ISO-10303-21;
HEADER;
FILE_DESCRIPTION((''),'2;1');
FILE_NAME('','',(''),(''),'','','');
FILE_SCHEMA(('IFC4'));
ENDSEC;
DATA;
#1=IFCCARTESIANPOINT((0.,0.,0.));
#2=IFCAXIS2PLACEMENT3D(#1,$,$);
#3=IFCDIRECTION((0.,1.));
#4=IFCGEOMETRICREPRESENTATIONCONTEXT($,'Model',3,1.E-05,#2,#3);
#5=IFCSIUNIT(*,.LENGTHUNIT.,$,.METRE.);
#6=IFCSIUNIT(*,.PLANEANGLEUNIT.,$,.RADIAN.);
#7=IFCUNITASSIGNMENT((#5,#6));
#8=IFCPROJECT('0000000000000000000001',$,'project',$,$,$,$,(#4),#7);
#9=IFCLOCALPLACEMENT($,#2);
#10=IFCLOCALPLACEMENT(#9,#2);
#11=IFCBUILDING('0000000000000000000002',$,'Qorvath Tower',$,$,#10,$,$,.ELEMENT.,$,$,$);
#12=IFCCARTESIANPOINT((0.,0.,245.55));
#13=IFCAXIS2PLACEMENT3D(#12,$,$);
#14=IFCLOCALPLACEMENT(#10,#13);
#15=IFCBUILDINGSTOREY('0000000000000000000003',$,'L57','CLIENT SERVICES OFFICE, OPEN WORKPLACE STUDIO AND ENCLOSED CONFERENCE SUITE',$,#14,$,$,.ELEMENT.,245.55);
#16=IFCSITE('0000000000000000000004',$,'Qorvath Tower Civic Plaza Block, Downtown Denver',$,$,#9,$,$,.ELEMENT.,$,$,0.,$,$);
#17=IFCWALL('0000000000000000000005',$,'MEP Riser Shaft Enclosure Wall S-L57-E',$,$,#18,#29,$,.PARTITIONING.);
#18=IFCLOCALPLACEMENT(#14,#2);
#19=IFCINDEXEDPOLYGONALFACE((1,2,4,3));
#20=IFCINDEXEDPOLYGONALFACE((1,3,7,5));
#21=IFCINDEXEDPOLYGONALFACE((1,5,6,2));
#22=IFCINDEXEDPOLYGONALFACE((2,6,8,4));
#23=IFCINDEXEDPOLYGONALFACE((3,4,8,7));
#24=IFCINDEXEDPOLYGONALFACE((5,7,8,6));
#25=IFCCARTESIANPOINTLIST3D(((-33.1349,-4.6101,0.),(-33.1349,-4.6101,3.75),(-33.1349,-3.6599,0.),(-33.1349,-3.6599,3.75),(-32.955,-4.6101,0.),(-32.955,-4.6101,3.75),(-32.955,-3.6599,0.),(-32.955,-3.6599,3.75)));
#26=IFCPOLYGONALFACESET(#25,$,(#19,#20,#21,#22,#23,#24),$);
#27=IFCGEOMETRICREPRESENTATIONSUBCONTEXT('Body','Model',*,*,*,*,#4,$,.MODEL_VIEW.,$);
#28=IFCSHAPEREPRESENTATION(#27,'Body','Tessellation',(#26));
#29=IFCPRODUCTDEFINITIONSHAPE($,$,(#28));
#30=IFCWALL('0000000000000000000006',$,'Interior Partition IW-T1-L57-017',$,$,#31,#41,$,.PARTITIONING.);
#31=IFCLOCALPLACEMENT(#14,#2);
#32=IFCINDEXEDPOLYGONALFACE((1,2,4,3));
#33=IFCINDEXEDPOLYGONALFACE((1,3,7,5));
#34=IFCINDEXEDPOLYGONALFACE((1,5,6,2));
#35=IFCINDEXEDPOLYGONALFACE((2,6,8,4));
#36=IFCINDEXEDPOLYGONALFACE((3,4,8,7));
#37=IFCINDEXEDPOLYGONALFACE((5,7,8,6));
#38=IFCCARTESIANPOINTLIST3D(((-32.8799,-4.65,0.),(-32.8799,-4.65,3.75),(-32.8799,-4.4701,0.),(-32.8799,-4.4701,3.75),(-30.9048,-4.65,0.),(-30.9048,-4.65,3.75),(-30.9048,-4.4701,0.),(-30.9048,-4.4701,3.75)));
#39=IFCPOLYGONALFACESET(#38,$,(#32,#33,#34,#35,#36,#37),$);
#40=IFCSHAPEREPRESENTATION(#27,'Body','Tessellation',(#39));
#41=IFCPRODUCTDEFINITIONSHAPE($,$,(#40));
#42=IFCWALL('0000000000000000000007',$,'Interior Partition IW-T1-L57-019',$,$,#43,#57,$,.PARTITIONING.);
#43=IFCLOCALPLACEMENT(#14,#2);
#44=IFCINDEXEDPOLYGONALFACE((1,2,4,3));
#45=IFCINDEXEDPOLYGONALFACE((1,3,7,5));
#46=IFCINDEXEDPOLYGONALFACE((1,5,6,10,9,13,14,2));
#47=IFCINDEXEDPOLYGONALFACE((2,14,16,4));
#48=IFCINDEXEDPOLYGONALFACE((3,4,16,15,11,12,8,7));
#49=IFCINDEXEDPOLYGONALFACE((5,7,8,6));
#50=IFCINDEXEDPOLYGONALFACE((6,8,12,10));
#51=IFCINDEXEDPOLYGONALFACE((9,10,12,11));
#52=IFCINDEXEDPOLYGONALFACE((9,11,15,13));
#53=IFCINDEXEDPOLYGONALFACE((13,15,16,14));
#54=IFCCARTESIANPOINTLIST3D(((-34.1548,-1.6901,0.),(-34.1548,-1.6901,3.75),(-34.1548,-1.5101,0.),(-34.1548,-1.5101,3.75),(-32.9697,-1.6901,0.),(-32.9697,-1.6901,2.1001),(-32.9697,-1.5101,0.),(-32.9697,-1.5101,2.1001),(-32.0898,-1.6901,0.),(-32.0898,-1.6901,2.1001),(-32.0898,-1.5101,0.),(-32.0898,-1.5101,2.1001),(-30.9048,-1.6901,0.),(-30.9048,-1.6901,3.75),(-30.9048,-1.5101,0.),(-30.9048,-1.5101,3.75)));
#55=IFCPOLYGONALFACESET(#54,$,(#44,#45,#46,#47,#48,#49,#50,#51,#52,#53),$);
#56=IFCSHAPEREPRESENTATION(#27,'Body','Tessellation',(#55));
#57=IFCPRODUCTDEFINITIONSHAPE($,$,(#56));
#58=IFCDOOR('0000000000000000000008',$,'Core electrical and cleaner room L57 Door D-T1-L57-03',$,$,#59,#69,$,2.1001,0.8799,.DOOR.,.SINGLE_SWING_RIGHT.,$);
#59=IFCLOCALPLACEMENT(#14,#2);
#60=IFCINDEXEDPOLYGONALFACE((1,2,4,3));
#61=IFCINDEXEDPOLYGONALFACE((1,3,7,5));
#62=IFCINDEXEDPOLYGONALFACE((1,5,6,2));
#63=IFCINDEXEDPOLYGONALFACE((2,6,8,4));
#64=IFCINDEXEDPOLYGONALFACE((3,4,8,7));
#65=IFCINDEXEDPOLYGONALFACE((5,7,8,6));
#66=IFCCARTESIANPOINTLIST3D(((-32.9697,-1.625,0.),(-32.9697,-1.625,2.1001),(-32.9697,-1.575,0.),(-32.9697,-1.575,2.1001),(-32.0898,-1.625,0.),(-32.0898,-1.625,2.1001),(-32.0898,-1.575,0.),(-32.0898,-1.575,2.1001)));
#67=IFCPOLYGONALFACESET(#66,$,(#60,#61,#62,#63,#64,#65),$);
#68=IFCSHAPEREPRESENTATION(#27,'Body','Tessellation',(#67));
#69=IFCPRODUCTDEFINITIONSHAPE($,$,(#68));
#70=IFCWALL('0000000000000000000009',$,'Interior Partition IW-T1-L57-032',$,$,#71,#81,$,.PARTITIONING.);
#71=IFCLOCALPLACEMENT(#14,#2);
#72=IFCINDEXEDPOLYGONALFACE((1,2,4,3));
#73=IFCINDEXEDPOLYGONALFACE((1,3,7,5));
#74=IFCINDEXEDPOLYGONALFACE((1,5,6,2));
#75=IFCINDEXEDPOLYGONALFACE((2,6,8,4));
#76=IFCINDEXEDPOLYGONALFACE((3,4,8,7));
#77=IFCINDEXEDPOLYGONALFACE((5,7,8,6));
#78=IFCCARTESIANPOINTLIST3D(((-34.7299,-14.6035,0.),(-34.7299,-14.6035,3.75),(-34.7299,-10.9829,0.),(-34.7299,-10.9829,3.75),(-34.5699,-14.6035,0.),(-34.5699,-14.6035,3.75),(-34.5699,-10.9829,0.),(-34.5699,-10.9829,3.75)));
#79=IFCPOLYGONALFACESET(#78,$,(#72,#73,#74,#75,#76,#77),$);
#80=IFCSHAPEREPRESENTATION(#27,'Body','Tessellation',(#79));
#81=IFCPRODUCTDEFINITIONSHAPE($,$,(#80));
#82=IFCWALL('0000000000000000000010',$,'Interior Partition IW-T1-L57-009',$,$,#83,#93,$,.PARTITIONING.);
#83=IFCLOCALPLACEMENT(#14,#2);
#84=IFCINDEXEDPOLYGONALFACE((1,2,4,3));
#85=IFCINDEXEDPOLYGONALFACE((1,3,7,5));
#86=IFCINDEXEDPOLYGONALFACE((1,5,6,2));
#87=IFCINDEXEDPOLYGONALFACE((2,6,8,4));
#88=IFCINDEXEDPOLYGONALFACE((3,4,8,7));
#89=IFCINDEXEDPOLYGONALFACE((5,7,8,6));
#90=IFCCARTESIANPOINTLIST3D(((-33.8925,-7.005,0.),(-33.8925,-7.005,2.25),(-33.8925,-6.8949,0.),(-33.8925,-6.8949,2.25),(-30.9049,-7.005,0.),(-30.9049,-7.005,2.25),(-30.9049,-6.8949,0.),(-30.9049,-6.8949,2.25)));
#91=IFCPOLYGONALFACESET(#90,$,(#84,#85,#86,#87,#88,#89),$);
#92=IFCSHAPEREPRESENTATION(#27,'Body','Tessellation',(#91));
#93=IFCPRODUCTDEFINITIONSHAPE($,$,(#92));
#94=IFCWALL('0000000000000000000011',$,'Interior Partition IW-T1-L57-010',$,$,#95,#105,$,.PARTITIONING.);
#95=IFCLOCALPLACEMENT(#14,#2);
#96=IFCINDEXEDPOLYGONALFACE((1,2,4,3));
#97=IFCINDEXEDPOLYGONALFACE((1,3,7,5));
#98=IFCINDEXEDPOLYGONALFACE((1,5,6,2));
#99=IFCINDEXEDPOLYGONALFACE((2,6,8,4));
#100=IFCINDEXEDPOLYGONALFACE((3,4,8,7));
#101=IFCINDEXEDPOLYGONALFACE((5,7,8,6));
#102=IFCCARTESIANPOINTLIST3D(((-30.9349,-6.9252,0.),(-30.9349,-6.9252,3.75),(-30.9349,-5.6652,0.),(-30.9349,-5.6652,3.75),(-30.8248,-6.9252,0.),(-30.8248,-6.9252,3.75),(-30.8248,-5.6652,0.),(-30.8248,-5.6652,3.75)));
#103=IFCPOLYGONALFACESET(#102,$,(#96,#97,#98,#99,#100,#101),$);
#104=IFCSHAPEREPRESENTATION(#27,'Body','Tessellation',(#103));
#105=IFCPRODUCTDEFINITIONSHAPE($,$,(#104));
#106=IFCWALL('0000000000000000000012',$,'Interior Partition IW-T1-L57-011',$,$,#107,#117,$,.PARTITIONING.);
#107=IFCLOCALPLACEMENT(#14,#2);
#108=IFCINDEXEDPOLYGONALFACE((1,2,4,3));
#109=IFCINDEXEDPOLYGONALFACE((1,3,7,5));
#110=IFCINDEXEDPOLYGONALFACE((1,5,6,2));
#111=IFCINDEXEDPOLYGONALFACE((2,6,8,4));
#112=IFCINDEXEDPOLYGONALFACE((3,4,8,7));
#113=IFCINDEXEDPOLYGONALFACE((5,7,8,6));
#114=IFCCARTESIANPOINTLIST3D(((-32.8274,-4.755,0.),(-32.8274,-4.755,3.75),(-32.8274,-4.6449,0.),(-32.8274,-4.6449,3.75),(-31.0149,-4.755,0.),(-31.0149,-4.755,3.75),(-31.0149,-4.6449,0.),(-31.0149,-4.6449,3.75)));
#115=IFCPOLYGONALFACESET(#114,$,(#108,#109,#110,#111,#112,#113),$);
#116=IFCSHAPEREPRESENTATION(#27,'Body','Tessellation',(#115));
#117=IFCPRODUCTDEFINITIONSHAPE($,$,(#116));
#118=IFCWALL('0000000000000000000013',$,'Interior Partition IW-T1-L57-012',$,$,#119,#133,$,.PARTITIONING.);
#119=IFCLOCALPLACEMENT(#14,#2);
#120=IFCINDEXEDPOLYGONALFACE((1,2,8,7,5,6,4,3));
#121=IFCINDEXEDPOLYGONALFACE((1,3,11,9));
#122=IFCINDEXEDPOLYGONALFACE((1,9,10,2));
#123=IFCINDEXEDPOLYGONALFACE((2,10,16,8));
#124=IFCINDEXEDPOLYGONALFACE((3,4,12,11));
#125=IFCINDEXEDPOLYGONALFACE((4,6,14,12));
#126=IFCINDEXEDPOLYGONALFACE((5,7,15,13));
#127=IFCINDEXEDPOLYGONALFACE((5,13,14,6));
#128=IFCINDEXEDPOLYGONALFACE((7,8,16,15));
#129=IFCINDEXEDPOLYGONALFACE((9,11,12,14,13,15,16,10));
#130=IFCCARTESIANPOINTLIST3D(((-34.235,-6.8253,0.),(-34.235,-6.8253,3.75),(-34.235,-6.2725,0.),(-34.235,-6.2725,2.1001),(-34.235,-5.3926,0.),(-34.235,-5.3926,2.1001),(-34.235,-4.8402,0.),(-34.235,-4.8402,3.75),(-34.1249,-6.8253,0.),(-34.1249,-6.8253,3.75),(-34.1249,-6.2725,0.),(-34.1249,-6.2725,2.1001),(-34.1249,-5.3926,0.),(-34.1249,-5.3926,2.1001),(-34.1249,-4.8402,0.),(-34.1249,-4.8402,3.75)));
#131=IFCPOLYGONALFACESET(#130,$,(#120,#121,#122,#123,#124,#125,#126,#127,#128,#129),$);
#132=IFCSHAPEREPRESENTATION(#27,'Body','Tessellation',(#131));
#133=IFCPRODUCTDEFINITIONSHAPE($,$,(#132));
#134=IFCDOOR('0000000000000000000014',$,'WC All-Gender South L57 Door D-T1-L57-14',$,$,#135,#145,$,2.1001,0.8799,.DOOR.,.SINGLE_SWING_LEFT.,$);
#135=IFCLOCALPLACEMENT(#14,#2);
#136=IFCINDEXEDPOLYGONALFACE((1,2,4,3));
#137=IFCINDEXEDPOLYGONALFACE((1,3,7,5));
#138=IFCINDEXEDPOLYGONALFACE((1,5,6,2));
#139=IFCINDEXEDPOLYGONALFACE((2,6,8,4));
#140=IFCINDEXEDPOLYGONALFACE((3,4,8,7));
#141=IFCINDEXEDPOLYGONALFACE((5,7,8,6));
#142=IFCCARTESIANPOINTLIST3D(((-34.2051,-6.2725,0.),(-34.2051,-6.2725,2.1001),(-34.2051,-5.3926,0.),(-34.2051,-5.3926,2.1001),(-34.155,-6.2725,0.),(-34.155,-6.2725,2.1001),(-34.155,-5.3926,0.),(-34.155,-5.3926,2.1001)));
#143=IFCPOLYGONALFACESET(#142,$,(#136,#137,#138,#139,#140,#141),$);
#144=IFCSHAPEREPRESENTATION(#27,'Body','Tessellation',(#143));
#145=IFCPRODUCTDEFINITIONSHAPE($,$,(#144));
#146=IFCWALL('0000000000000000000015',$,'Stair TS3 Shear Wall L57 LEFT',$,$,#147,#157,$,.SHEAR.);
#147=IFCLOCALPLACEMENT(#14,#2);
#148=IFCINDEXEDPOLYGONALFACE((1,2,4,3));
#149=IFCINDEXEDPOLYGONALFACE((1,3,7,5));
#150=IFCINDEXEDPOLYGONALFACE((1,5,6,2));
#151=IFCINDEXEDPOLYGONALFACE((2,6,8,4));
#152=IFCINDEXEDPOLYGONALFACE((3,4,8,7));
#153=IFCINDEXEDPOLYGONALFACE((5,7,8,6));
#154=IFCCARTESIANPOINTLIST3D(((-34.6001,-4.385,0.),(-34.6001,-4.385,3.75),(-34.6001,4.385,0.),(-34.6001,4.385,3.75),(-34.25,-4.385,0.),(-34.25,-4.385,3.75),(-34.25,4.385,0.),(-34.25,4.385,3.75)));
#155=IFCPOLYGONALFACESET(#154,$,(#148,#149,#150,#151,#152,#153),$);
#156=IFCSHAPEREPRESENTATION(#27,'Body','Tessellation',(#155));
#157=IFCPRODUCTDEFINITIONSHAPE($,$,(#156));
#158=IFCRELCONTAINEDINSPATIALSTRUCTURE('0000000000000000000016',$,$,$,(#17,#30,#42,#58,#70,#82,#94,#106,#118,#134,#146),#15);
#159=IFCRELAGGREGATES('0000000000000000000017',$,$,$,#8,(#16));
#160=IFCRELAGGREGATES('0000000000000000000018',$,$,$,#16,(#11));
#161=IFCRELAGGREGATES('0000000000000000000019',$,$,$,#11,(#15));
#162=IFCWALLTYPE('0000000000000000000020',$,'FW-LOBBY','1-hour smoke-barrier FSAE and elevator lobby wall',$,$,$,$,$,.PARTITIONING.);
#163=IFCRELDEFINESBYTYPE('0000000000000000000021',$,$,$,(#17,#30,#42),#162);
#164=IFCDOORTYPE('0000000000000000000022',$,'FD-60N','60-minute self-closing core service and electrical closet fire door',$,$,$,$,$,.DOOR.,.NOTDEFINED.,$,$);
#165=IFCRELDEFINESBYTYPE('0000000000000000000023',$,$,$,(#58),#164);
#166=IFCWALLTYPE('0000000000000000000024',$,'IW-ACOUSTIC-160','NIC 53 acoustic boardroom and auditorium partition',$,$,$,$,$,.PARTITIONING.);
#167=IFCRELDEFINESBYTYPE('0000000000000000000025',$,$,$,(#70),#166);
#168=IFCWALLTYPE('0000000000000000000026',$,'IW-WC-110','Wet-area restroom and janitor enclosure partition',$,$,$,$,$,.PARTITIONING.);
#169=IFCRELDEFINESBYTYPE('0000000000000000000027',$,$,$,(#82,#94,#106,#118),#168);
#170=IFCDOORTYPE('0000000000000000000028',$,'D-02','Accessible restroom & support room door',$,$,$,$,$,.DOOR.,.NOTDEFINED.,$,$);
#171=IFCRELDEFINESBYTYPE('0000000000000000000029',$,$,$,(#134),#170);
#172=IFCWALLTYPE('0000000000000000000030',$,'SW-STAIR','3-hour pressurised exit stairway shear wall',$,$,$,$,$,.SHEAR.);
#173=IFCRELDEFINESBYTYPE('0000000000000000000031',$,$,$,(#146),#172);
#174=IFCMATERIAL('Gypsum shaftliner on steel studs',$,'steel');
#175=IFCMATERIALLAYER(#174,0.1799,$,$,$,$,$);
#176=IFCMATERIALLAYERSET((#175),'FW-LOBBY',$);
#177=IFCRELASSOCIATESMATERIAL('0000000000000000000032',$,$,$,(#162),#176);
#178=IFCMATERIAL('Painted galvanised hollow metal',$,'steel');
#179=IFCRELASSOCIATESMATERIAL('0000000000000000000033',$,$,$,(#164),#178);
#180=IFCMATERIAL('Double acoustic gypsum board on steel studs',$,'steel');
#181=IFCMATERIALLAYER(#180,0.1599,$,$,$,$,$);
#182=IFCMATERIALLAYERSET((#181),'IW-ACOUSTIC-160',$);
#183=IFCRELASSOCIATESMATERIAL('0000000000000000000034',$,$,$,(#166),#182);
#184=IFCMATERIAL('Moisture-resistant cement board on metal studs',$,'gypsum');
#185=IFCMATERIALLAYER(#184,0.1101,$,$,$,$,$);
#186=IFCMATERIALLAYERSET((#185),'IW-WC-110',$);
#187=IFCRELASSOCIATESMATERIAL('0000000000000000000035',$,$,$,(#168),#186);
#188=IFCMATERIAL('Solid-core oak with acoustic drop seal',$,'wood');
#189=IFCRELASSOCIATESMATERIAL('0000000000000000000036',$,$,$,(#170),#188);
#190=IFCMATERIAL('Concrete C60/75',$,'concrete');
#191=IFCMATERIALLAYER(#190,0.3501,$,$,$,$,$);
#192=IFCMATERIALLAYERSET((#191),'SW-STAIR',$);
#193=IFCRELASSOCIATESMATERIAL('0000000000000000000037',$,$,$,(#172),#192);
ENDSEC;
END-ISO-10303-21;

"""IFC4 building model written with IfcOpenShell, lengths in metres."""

from ifc_helpers import new_model, si_unit, direction, frame, frame_2d, origin, place, context, subcontext, project, spatial, rectangle, extrude, material, layer, layer_set, type_object, element, fill, save


model = new_model("IFC4")

# Units and contexts
model_context = context("Model", 3, precision=1e-05, world=origin(), true_north=direction((0.0, 1.0)))
body_context = subcontext(model_context, "Body", "Model", "MODEL_VIEW")
ifc_project = project(units=[si_unit("LENGTHUNIT", "METRE"), si_unit("PLANEANGLEUNIT", "RADIAN")], contexts=[model_context])

# Site, building, storey
site_placement = place(None, origin())
site = spatial("IfcSite", under=ifc_project, at=site_placement, Name="Qorvath Tower Civic Plaza Block, Downtown Denver", CompositionType="ELEMENT", RefElevation=0.0)
building_placement = place(site_placement, origin())
building = spatial("IfcBuilding", under=site, at=building_placement, Name="Qorvath Tower", CompositionType="ELEMENT")
storey_placement = place(building_placement, frame((0.0, 0.0, 245.55)))
storey = spatial("IfcBuildingStorey", under=building, at=storey_placement, Name="L57", Description="CLIENT SERVICES OFFICE, OPEN WORKPLACE STUDIO AND ENCLOSED CONFERENCE SUITE", CompositionType="ELEMENT", Elevation=245.55)

# Walls
ifc_material_1 = material(Name="Gypsum shaftliner on steel studs", Category="steel")
ifc_layer_1 = layer(ifc_material_1, 0.1799)
ifc_layer_set_1 = layer_set([ifc_layer_1], Name="FW-LOBBY")
wall_type_1 = type_object("IfcWallType", Name="FW-LOBBY", Description="1-hour smoke-barrier FSAE and elevator lobby wall", PredefinedType="PARTITIONING", material=ifc_layer_set_1)
for number, where, z_axis, x_axis, name in (
    (1, (-33.0449, -3.6599, 0.0), (0.0, 0.0, 1.0), (0.0, -1.0, 0.0), "MEP Riser Shaft Enclosure Wall S-L57-E"),
):
    element("IfcWall", number, at=place(storey_placement, frame(where, z_axis=z_axis, x_axis=x_axis)), inside=storey, type_object=wall_type_1, Name=name, PredefinedType="PARTITIONING", context=body_context, shape_type="SweptSolid", body=[
        extrude(rectangle(XDim=0.9502, YDim=0.1799, at=frame_2d((0.4751, 0.0))), origin(), (0.0, 0.0, 1.0), 3.75),
    ])
wall_1_placement = place(storey_placement, frame((-32.8799, -4.5601, 0.0), z_axis=(0.0, 0.0, 1.0), x_axis=(1.0, 0.0, 0.0)))
element("IfcWall", 2, at=wall_1_placement, inside=storey, type_object=wall_type_1, Name="Interior Partition IW-T1-L57-017", PredefinedType="PARTITIONING", context=body_context, shape_type="SweptSolid", body=[
    extrude(rectangle(XDim=1.9751, YDim=0.1799, at=frame_2d((0.9875, 0.0))), origin(), (0.0, 0.0, 1.0), 3.75),
])

# Wall, opening, door
wall_2_placement = place(storey_placement, frame((-30.9048, -1.6001, 0.0), z_axis=(0.0, 0.0, 1.0), x_axis=(-1.0, 0.0, 0.0)))
wall_2 = element("IfcWall", 3, at=wall_2_placement, inside=storey, type_object=wall_type_1, Name="Interior Partition IW-T1-L57-019", PredefinedType="PARTITIONING", context=body_context, shape_type="SweptSolid", body=[
    extrude(rectangle(XDim=3.25, YDim=0.1799, at=frame_2d((1.625, 0.0))), origin(), (0.0, 0.0, 1.0), 3.75),
])
opening_1_placement = place(wall_2_placement, frame((1.1851, 0.0, 0.0)))
opening_1 = element("IfcOpeningElement", 4, at=opening_1_placement, cuts=wall_2, PredefinedType="OPENING", context=body_context, shape_type="SweptSolid", body=[
    extrude(rectangle(XDim=0.8799, YDim=2.1001, at=frame_2d((0.4399, 1.05))), frame((0.0, 0.1001, 0.0), z_axis=(0.0, -1.0, 0.0), x_axis=(1.0, 0.0, 0.0)), (0.0, 0.0, 1.0), 0.2),
])
ifc_material_2 = material(Name="Painted galvanised hollow metal", Category="steel")
door_type_1 = type_object("IfcDoorType", Name="FD-60N", Description="60-minute self-closing core service and electrical closet fire door", OperationType="NOTDEFINED", PredefinedType="DOOR", material=ifc_material_2)
door_1_placement = place(opening_1_placement, origin())
door_1 = element("IfcDoor", 5, at=door_1_placement, inside=storey, type_object=door_type_1, Name="Core electrical and cleaner room L57 Door D-T1-L57-03", OperationType="SINGLE_SWING_RIGHT", OverallHeight=2.1001, OverallWidth=0.8799, PredefinedType="DOOR", context=body_context, shape_type="SweptSolid", body=[
    extrude(rectangle(XDim=0.8799, YDim=2.1001, at=frame_2d((0.4399, 1.05))), frame((0.0, 0.0249, 0.0), z_axis=(0.0, -1.0, 0.0), x_axis=(1.0, 0.0, 0.0)), (0.0, 0.0, 1.0), 0.05),
])
fill(opening_1, door_1)

# Walls
ifc_material_3 = material(Name="Double acoustic gypsum board on steel studs", Category="steel")
ifc_layer_2 = layer(ifc_material_3, 0.1599)
ifc_layer_set_2 = layer_set([ifc_layer_2], Name="IW-ACOUSTIC-160")
wall_type_2 = type_object("IfcWallType", Name="IW-ACOUSTIC-160", Description="NIC 53 acoustic boardroom and auditorium partition", PredefinedType="PARTITIONING", material=ifc_layer_set_2)
wall_3_placement = place(storey_placement, frame((-34.6499, -10.9829, 0.0), z_axis=(0.0, 0.0, 1.0), x_axis=(0.0, -1.0, 0.0)))
element("IfcWall", 6, at=wall_3_placement, inside=storey, type_object=wall_type_2, Name="Interior Partition IW-T1-L57-032", PredefinedType="PARTITIONING", context=body_context, shape_type="SweptSolid", body=[
    extrude(rectangle(XDim=3.6206, YDim=0.1599, at=frame_2d((1.8103, 0.0))), origin(), (0.0, 0.0, 1.0), 3.75),
])
ifc_material_4 = material(Name="Moisture-resistant cement board on metal studs", Category="gypsum")
ifc_layer_3 = layer(ifc_material_4, 0.1101)
ifc_layer_set_3 = layer_set([ifc_layer_3], Name="IW-WC-110")
wall_type_3 = type_object("IfcWallType", Name="IW-WC-110", Description="Wet-area restroom and janitor enclosure partition", PredefinedType="PARTITIONING", material=ifc_layer_set_3)
wall_4_placement = place(storey_placement, frame((-33.8923, -6.95, 0.0), z_axis=(0.0, 0.0, 1.0), x_axis=(1.0, 0.0, 0.0)))
element("IfcWall", 7, at=wall_4_placement, inside=storey, type_object=wall_type_3, Name="Interior Partition IW-T1-L57-009", PredefinedType="PARTITIONING", context=body_context, shape_type="SweptSolid", body=[
    extrude(rectangle(XDim=2.9875, YDim=0.1101, at=frame_2d((1.4937, 0.0))), origin(), (0.0, 0.0, 1.0), 2.25),
])
wall_5_placement = place(storey_placement, frame((-30.8799, -6.925, 0.0), z_axis=(0.0, 0.0, 1.0), x_axis=(0.0, 1.0, 0.0)))
element("IfcWall", 8, at=wall_5_placement, inside=storey, type_object=wall_type_3, Name="Interior Partition IW-T1-L57-010", PredefinedType="PARTITIONING", context=body_context, shape_type="SweptSolid", body=[
    extrude(rectangle(XDim=1.26, YDim=0.1101, at=frame_2d((0.6299, 0.0))), origin(), (0.0, 0.0, 1.0), 3.75),
])
wall_6_placement = place(storey_placement, frame((-31.0149, -4.7, 0.0), z_axis=(0.0, 0.0, 1.0), x_axis=(-1.0, 0.0, 0.0)))
element("IfcWall", 9, at=wall_6_placement, inside=storey, type_object=wall_type_3, Name="Interior Partition IW-T1-L57-011", PredefinedType="PARTITIONING", context=body_context, shape_type="SweptSolid", body=[
    extrude(rectangle(XDim=1.8125, YDim=0.1101, at=frame_2d((0.9062, 0.0))), origin(), (0.0, 0.0, 1.0), 3.75),
])

# Wall, opening, door
wall_7_placement = place(storey_placement, frame((-34.1799, -4.8401, 0.0), z_axis=(0.0, 0.0, 1.0), x_axis=(0.0, -1.0, 0.0)))
wall_7 = element("IfcWall", 10, at=wall_7_placement, inside=storey, type_object=wall_type_3, Name="Interior Partition IW-T1-L57-012", PredefinedType="PARTITIONING", context=body_context, shape_type="SweptSolid", body=[
    extrude(rectangle(XDim=1.9851, YDim=0.1101, at=frame_2d((0.9927, 0.0))), origin(), (0.0, 0.0, 1.0), 3.75),
])
opening_2_placement = place(wall_7_placement, frame((0.5525, 0.0, 0.0)))
opening_2 = element("IfcOpeningElement", 11, at=opening_2_placement, cuts=wall_7, PredefinedType="OPENING", context=body_context, shape_type="SweptSolid", body=[
    extrude(rectangle(XDim=0.8799, YDim=2.1001, at=frame_2d((0.4399, 1.05))), frame((0.0, 0.0649, 0.0), z_axis=(0.0, -1.0, 0.0), x_axis=(1.0, 0.0, 0.0)), (0.0, 0.0, 1.0), 0.1301),
])
ifc_material_5 = material(Name="Solid-core oak with acoustic drop seal", Category="wood")
door_type_2 = type_object("IfcDoorType", Name="D-02", Description="Accessible restroom & support room door", OperationType="NOTDEFINED", PredefinedType="DOOR", material=ifc_material_5)
door_2_placement = place(opening_2_placement, origin())
door_2 = element("IfcDoor", 12, at=door_2_placement, inside=storey, type_object=door_type_2, Name="WC All-Gender South L57 Door D-T1-L57-14", OperationType="SINGLE_SWING_LEFT", OverallHeight=2.1001, OverallWidth=0.8799, PredefinedType="DOOR", context=body_context, shape_type="SweptSolid", body=[
    extrude(rectangle(XDim=0.8799, YDim=2.1001, at=frame_2d((0.4399, 1.05))), frame((0.0, 0.0249, 0.0), z_axis=(0.0, -1.0, 0.0), x_axis=(1.0, 0.0, 0.0)), (0.0, 0.0, 1.0), 0.05),
])
fill(opening_2, door_2)

# Wall
ifc_material_6 = material(Name="Concrete C60/75", Category="concrete")
ifc_layer_4 = layer(ifc_material_6, 0.3501)
ifc_layer_set_4 = layer_set([ifc_layer_4], Name="SW-STAIR")
wall_type_4 = type_object("IfcWallType", Name="SW-STAIR", Description="3-hour pressurised exit stairway shear wall", PredefinedType="SHEAR", material=ifc_layer_set_4)
wall_8_placement = place(storey_placement, frame((-34.425, -4.385, 0.0), z_axis=(0.0, 0.0, 1.0), x_axis=(0.0, 1.0, 0.0)))
element("IfcWall", 13, at=wall_8_placement, inside=storey, type_object=wall_type_4, Name="Stair TS3 Shear Wall L57 LEFT", PredefinedType="SHEAR", context=body_context, shape_type="SweptSolid", body=[
    extrude(rectangle(XDim=8.77, YDim=0.3501, at=frame_2d((4.385, 0.0))), origin(), (0.0, 0.0, 1.0), 3.75),
])

save(model, "model.ifc")
